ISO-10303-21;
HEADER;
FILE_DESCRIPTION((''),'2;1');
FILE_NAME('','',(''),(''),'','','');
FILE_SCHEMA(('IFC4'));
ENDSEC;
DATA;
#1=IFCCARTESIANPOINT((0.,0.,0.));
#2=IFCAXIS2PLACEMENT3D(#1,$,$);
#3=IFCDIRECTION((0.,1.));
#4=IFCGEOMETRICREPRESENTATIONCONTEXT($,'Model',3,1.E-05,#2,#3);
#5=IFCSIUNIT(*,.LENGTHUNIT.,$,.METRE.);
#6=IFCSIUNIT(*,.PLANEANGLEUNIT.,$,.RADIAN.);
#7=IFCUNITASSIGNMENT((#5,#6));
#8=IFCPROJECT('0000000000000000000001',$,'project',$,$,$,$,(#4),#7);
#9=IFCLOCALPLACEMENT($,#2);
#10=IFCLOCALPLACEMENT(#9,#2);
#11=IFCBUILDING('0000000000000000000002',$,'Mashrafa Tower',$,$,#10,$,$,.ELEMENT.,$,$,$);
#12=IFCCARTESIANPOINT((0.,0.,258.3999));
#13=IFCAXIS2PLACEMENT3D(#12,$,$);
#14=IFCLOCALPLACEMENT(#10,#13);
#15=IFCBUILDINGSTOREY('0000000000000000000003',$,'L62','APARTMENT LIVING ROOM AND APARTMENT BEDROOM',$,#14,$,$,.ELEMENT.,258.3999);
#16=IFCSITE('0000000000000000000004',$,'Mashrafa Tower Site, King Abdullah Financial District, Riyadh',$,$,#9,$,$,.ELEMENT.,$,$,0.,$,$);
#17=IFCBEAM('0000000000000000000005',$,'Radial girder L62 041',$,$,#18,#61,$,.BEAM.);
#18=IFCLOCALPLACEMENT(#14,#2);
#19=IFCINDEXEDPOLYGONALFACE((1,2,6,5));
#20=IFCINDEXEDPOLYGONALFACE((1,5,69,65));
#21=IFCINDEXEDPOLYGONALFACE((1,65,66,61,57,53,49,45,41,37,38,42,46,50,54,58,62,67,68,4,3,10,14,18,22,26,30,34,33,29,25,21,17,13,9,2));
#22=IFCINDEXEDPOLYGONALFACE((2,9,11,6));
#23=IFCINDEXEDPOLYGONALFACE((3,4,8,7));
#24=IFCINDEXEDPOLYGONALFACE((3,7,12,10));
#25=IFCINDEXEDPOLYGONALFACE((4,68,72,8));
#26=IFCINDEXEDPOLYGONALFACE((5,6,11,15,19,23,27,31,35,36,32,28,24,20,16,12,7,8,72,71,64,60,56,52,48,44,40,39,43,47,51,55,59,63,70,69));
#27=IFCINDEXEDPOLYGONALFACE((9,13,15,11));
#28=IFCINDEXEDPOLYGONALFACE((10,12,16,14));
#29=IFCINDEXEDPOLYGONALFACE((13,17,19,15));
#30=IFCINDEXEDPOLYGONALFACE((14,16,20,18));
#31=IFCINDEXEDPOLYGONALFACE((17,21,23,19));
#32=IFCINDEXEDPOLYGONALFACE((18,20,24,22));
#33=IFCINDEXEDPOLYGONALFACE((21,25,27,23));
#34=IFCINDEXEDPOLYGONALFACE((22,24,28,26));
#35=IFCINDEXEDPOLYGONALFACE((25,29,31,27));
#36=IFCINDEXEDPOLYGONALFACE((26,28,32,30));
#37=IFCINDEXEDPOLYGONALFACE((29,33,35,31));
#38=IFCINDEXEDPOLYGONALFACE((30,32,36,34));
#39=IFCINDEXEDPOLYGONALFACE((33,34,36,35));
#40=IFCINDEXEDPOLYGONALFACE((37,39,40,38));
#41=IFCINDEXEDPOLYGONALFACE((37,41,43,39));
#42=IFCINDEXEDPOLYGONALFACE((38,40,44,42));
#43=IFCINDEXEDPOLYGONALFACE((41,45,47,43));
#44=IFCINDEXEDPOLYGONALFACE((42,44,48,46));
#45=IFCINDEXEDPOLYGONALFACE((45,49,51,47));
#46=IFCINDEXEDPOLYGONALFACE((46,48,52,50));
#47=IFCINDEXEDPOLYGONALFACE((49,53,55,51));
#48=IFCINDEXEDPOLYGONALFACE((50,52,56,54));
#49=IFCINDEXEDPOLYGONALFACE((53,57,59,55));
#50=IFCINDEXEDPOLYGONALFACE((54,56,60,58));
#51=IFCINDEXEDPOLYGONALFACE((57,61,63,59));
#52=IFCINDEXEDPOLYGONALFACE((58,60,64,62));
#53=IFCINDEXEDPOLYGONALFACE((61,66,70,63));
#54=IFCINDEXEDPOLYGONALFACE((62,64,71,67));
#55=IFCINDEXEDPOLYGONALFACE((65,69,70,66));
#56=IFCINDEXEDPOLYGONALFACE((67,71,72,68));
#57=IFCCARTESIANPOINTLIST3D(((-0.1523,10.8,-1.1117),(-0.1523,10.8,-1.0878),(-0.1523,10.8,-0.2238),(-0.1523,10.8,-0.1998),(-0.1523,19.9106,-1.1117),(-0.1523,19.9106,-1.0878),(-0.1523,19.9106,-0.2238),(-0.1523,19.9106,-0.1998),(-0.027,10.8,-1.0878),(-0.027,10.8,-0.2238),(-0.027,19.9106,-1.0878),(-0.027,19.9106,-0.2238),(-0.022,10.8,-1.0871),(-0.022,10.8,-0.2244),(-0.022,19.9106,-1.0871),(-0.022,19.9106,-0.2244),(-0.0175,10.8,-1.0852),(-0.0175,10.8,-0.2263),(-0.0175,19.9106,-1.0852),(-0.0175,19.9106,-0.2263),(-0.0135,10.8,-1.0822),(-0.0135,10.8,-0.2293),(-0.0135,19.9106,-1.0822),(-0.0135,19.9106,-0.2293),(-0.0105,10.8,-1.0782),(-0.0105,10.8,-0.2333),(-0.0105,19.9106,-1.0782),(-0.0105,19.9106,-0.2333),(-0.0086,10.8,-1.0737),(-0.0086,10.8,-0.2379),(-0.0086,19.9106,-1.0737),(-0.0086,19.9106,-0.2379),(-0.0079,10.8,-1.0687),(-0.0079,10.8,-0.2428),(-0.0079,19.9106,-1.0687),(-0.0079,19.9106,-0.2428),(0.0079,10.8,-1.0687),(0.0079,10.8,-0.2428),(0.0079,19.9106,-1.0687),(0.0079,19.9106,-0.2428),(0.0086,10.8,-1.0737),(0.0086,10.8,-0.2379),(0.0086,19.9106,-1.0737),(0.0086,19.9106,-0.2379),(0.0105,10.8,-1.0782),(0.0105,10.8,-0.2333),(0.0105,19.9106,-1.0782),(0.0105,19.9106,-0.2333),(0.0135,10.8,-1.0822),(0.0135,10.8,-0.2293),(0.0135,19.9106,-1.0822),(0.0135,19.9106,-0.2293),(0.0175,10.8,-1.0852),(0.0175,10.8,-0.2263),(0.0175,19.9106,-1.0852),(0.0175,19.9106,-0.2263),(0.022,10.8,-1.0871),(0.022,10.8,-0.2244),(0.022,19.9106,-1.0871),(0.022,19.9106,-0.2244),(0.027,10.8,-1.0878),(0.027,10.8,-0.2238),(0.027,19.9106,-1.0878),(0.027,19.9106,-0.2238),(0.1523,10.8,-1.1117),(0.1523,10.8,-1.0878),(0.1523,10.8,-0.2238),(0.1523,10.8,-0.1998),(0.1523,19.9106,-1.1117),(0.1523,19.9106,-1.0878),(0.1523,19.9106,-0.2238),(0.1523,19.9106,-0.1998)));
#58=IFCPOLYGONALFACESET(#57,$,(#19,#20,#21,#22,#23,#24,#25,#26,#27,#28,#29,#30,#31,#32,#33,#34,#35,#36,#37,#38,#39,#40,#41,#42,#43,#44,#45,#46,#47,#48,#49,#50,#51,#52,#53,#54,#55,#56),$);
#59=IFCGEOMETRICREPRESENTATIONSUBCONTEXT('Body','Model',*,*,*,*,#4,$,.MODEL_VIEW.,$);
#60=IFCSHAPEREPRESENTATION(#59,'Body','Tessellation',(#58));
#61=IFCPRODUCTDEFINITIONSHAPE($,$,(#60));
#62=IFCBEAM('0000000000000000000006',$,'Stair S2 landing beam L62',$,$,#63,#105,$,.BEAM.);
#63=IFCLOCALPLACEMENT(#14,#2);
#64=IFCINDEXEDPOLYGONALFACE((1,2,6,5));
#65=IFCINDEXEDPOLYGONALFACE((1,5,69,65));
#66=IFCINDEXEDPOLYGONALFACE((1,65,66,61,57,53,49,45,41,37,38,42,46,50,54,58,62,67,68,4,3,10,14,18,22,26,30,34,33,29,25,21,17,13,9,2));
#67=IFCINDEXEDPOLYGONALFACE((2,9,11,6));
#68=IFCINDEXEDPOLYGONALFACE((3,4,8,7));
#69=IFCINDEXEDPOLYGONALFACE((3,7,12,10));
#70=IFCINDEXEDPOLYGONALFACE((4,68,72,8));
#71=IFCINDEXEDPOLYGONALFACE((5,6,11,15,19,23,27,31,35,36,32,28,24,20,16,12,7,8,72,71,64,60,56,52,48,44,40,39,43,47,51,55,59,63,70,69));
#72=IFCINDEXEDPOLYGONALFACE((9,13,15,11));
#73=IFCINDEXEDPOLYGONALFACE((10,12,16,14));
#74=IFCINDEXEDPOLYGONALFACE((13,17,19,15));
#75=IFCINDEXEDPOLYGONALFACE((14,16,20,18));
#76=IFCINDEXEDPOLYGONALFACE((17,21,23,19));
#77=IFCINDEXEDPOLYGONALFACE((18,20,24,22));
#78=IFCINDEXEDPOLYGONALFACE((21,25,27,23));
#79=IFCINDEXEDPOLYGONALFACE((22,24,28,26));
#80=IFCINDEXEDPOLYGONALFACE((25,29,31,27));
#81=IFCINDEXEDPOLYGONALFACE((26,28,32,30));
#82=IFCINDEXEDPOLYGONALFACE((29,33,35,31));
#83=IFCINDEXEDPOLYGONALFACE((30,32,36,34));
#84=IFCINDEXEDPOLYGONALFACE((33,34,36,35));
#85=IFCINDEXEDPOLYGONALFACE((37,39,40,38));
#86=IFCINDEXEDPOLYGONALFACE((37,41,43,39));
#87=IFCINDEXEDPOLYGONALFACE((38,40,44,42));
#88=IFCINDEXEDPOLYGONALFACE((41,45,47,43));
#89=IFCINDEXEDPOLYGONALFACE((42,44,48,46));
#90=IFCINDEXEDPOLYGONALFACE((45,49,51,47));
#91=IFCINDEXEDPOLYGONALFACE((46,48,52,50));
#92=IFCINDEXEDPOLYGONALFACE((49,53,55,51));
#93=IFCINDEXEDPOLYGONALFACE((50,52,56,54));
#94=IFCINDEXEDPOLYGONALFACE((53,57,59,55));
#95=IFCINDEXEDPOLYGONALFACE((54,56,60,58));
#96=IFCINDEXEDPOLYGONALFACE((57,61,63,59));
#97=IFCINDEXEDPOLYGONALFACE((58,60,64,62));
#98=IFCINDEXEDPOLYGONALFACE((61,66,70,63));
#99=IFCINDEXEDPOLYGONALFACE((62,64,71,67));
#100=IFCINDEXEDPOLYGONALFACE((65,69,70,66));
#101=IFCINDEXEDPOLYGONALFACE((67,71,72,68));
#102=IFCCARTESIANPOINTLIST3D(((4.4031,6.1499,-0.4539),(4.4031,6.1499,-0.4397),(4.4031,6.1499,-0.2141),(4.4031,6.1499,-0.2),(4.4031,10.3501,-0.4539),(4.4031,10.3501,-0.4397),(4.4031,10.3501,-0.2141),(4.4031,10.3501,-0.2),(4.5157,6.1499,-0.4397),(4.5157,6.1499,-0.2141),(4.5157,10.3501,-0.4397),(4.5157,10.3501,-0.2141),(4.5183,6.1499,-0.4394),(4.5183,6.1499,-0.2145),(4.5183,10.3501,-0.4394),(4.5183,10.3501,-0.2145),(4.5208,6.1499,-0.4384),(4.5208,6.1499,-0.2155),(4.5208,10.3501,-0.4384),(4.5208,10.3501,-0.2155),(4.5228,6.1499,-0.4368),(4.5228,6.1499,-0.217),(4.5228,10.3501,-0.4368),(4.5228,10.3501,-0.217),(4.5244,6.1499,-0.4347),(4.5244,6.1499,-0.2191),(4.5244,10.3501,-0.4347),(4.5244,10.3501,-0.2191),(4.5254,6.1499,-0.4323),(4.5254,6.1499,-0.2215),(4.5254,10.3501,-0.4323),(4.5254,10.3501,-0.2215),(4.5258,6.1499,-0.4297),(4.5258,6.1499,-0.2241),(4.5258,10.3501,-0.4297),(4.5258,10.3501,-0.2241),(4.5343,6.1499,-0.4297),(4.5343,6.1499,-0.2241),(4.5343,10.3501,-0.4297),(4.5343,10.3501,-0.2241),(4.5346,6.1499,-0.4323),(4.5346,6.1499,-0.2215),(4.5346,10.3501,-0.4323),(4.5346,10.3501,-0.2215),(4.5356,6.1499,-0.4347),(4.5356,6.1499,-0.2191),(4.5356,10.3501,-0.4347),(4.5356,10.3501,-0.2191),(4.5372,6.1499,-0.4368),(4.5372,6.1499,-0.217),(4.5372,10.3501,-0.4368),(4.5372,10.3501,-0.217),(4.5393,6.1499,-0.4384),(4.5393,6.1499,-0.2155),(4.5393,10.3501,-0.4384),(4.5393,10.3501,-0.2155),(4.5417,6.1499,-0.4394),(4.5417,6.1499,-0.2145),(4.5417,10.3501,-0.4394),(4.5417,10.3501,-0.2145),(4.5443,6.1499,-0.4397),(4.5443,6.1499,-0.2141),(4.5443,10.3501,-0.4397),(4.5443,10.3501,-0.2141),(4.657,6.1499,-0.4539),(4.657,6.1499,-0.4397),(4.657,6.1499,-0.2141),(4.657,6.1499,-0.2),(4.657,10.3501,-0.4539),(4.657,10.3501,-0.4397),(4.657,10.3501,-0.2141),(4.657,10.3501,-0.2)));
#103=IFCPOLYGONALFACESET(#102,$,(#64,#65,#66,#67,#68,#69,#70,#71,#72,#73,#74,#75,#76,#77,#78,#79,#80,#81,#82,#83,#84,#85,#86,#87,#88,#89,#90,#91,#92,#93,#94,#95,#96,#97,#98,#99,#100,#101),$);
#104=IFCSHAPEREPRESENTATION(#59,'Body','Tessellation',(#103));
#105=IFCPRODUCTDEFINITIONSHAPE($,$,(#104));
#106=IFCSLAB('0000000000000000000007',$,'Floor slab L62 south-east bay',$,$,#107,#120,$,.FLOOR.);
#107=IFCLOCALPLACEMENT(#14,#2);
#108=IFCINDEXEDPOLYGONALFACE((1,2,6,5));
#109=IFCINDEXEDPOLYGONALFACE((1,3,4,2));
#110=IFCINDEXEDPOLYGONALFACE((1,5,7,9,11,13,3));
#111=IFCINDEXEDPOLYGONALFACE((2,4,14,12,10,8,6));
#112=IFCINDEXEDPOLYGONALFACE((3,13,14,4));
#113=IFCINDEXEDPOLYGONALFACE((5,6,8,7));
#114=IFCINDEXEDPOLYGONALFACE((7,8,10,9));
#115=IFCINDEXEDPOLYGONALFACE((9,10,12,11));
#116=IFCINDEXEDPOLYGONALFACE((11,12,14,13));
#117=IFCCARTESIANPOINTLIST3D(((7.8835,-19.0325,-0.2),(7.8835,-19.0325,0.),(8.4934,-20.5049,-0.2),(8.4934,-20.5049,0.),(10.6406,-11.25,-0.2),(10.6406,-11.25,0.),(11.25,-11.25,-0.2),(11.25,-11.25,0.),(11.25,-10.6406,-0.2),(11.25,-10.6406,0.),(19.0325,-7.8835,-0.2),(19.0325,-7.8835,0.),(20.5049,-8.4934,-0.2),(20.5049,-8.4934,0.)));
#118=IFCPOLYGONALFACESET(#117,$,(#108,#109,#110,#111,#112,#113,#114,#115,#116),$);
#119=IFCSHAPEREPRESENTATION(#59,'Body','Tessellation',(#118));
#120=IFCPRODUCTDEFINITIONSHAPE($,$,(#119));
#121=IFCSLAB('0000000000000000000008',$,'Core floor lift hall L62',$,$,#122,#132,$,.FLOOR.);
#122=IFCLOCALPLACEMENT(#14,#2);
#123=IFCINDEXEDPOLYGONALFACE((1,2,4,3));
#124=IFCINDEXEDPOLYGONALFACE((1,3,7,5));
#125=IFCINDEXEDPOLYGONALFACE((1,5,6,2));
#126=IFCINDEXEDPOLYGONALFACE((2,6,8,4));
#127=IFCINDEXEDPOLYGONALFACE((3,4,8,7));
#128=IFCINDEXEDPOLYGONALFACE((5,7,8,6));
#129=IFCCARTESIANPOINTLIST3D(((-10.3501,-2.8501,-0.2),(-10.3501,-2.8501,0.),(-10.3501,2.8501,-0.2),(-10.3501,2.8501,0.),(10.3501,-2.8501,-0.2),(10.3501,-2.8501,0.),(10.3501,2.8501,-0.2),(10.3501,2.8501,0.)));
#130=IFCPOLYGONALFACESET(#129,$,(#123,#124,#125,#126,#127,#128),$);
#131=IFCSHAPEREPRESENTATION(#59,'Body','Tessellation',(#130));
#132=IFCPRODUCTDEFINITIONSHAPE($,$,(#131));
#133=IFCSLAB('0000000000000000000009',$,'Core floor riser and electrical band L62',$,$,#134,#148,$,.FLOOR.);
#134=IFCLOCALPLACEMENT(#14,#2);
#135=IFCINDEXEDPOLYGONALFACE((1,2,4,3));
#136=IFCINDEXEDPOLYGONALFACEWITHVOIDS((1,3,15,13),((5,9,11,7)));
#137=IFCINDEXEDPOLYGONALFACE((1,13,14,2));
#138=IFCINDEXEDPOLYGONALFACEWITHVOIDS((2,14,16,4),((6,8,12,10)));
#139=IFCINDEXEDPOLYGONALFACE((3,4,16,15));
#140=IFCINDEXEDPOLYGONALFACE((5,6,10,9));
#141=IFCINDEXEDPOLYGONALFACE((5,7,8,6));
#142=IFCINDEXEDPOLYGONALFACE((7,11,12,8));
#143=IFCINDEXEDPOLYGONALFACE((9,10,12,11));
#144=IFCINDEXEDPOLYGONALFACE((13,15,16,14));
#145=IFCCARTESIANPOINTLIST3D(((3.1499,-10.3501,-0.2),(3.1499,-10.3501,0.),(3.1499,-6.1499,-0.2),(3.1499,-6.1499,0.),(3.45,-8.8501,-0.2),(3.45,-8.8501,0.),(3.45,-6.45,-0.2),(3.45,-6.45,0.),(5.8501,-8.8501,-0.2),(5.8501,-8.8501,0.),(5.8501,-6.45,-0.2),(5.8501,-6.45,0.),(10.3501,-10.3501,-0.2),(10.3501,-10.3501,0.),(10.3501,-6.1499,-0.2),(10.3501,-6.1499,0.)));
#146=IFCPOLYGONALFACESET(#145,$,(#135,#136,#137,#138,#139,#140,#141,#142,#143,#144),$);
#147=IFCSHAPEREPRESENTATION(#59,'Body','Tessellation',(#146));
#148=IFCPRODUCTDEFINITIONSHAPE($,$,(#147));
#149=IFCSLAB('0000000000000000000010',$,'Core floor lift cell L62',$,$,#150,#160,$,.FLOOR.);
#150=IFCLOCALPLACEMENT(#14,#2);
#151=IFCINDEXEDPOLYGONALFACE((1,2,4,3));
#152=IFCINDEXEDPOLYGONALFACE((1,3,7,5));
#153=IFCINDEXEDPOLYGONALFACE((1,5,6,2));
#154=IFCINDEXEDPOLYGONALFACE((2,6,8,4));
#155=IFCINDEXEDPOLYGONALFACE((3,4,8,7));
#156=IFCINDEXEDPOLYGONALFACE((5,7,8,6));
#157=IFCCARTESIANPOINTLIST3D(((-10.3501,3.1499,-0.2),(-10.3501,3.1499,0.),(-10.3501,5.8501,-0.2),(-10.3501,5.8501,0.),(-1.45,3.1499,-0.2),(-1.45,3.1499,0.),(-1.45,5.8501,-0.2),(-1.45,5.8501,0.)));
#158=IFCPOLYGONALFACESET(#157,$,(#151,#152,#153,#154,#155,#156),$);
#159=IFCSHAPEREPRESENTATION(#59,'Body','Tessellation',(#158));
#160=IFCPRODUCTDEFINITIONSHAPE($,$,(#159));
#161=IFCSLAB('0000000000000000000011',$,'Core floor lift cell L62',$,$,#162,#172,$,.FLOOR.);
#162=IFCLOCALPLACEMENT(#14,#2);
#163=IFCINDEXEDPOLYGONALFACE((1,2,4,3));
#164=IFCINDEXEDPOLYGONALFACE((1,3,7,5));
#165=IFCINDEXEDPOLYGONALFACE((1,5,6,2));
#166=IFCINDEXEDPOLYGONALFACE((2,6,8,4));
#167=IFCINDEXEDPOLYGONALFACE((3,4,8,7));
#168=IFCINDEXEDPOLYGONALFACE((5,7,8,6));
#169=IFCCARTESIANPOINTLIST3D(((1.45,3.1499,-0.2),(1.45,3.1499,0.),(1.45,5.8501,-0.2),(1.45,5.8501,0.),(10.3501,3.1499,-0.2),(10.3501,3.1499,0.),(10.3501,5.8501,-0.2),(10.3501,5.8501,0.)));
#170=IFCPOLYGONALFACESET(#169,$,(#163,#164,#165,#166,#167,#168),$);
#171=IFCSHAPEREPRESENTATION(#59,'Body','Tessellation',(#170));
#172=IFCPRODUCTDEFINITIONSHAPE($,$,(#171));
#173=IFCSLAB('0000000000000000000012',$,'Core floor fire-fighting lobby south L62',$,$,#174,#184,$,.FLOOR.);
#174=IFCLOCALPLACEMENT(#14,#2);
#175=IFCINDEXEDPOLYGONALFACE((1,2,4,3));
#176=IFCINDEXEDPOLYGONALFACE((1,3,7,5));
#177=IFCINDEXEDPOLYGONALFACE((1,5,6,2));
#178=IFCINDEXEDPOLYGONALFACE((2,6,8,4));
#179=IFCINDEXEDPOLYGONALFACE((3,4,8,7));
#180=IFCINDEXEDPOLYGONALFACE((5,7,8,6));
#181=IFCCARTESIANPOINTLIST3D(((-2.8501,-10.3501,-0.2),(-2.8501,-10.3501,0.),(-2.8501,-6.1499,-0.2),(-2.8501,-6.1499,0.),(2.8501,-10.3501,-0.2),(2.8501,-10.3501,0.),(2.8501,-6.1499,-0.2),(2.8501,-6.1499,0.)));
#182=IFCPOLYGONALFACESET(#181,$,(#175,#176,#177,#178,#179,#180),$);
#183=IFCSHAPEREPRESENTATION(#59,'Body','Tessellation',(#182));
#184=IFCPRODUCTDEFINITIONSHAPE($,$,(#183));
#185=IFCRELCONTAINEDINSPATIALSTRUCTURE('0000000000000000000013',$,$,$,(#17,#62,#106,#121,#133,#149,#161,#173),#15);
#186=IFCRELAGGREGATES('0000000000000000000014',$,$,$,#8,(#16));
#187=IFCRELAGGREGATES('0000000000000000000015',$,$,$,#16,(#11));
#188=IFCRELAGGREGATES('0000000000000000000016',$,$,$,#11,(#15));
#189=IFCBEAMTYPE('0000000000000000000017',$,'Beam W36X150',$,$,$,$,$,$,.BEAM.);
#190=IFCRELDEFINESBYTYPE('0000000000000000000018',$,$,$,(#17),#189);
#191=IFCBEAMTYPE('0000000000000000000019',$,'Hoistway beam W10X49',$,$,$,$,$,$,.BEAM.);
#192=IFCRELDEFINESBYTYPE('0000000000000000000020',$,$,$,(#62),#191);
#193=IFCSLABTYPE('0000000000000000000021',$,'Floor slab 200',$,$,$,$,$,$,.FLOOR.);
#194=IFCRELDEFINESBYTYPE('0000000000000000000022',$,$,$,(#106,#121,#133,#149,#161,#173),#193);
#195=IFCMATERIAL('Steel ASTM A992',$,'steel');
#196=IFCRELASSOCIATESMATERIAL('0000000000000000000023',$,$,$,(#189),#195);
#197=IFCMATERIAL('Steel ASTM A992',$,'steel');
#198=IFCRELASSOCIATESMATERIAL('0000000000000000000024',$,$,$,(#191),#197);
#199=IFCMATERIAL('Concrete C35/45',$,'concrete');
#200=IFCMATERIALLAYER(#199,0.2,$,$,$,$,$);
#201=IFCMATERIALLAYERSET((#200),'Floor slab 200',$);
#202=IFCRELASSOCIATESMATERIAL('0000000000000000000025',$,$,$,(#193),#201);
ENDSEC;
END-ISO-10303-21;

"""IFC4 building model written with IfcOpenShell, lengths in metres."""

from ifc_helpers import new_model, si_unit, direction, frame, origin, origin_2d, place, context, subcontext, project, spatial, polyline, i_section, outline, extrude, material, layer, layer_set, material_profile, profile_set, type_object, element, save


model = new_model("IFC4")

# Units and contexts
model_context = context("Model", 3, precision=1e-05, world=origin(), true_north=direction((0.0, 1.0)))
body_context = subcontext(model_context, "Body", "Model", "MODEL_VIEW")
ifc_project = project(units=[si_unit("LENGTHUNIT", "METRE"), si_unit("PLANEANGLEUNIT", "RADIAN")], contexts=[model_context])

# Site, building, storey
site_placement = place(None, origin())
site = spatial("IfcSite", under=ifc_project, at=site_placement, Name="Mashrafa Tower Site, King Abdullah Financial District, Riyadh", CompositionType="ELEMENT", RefElevation=0.0)
building_placement = place(site_placement, origin())
building = spatial("IfcBuilding", under=site, at=building_placement, Name="Mashrafa Tower", CompositionType="ELEMENT")
storey_placement = place(building_placement, frame((0.0, 0.0, 258.3999)))
storey = spatial("IfcBuildingStorey", under=building, at=storey_placement, Name="L62", Description="APARTMENT LIVING ROOM AND APARTMENT BEDROOM", CompositionType="ELEMENT", Elevation=258.3999)

# Beams
ifc_material_1 = material(Name="Steel ASTM A992", Category="steel")
ifc_material_profile_1 = material_profile(ifc_material_1, i_section(OverallWidth=0.3047, OverallDepth=0.9119, WebThickness=0.0159, FlangeThickness=0.0239, FilletRadius=0.019, at=origin_2d()), Name="W36X150")
ifc_profile_set_1 = profile_set([ifc_material_profile_1], Name="Steel ASTM A992")
beam_type_1 = type_object("IfcBeamType", Name="Beam W36X150", PredefinedType="BEAM", material=ifc_profile_set_1)
beam_1_placement = place(storey_placement, frame((0.0, 10.8, -0.6558), z_axis=(0.0, 1.0, 0.0), x_axis=(-1.0, 0.0, 0.0)))
element("IfcBeam", 1, at=beam_1_placement, inside=storey, type_object=beam_type_1, Name="Radial girder L62 041", PredefinedType="BEAM", context=body_context, shape_type="SweptSolid", body=[
    extrude(i_section(OverallWidth=0.3047, OverallDepth=0.9119, WebThickness=0.0159, FlangeThickness=0.0239, FilletRadius=0.019, at=origin_2d()), origin(), (0.0, 0.0, 1.0), 9.1106),
])
ifc_material_2 = material(Name="Steel ASTM A992", Category="steel")
ifc_material_profile_2 = material_profile(ifc_material_2, i_section(OverallWidth=0.2539, OverallDepth=0.2539, WebThickness=0.0085, FlangeThickness=0.0142, FilletRadius=0.01, at=origin_2d()), Name="W10X49")
ifc_profile_set_2 = profile_set([ifc_material_profile_2], Name="Steel ASTM A992")
beam_type_2 = type_object("IfcBeamType", Name="Hoistway beam W10X49", PredefinedType="BEAM", material=ifc_profile_set_2)
beam_2_placement = place(storey_placement, frame((4.53, 6.1499, -0.3269), z_axis=(0.0, 1.0, 0.0), x_axis=(-1.0, 0.0, 0.0)))
element("IfcBeam", 2, at=beam_2_placement, inside=storey, type_object=beam_type_2, Name="Stair S2 landing beam L62", PredefinedType="BEAM", context=body_context, shape_type="SweptSolid", body=[
    extrude(i_section(OverallWidth=0.2539, OverallDepth=0.2539, WebThickness=0.0085, FlangeThickness=0.0142, FilletRadius=0.01, at=origin_2d()), origin(), (0.0, 0.0, 1.0), 4.2002),
])

# Slabs
ifc_material_3 = material(Name="Concrete C35/45", Category="concrete")
ifc_layer_1 = layer(ifc_material_3, 0.2)
ifc_layer_set_1 = layer_set([ifc_layer_1], Name="Floor slab 200")
slab_type_1 = type_object("IfcSlabType", Name="Floor slab 200", PredefinedType="FLOOR", material=ifc_layer_set_1)
slab_1_placement = place(storey_placement, frame((0.0, 0.0, -0.2)))
element("IfcSlab", 3, at=slab_1_placement, inside=storey, type_object=slab_type_1, Name="Floor slab L62 south-east bay", PredefinedType="FLOOR", context=body_context, shape_type="SweptSolid", body=[
    extrude(outline(polyline([(8.4934, -20.5049), (7.8835, -19.0325), (10.6406, -11.25), (11.25, -11.25), (11.25, -10.6406), (19.0325, -7.8835), (20.5049, -8.4934), (8.4934, -20.5049)])), origin(), (0.0, 0.0, 1.0), 0.2),
])
slab_2_placement = place(storey_placement, frame((0.0, 0.0, -0.2)))
element("IfcSlab", 4, at=slab_2_placement, inside=storey, type_object=slab_type_1, Name="Core floor lift hall L62", PredefinedType="FLOOR", context=body_context, shape_type="SweptSolid", body=[
    extrude(outline(polyline([(-10.3501, 2.8501), (10.3501, 2.8501), (10.3501, -2.8501), (-10.3501, -2.8501), (-10.3501, 2.8501)])), origin(), (0.0, 0.0, 1.0), 0.2),
])
slab_3_placement = place(storey_placement, frame((0.0, 0.0, -0.2)))
element("IfcSlab", 5, at=slab_3_placement, inside=storey, type_object=slab_type_1, Name="Core floor riser and electrical band L62", PredefinedType="FLOOR", context=body_context, shape_type="SweptSolid", body=[
    extrude(outline(polyline([(10.3501, -6.1499), (10.3501, -10.3501), (3.1499, -10.3501), (3.1499, -6.1499), (10.3501, -6.1499)]), holes=[polyline([(3.45, -8.8501), (5.8501, -8.8501), (5.8501, -6.45), (3.45, -6.45), (3.45, -8.8501)])]), origin(), (0.0, 0.0, 1.0), 0.2),
])
slab_4_placement = place(storey_placement, frame((0.0, 0.0, -0.2)))
element("IfcSlab", 6, at=slab_4_placement, inside=storey, type_object=slab_type_1, Name="Core floor lift cell L62", PredefinedType="FLOOR", context=body_context, shape_type="SweptSolid", body=[
    extrude(outline(polyline([(-10.3501, 5.8501), (-1.45, 5.8501), (-1.45, 3.1499), (-10.3501, 3.1499), (-10.3501, 5.8501)])), origin(), (0.0, 0.0, 1.0), 0.2),
])
slab_5_placement = place(storey_placement, frame((0.0, 0.0, -0.2)))
element("IfcSlab", 7, at=slab_5_placement, inside=storey, type_object=slab_type_1, Name="Core floor lift cell L62", PredefinedType="FLOOR", context=body_context, shape_type="SweptSolid", body=[
    extrude(outline(polyline([(1.45, 5.8501), (10.3501, 5.8501), (10.3501, 3.1499), (1.45, 3.1499), (1.45, 5.8501)])), origin(), (0.0, 0.0, 1.0), 0.2),
])
slab_6_placement = place(storey_placement, frame((0.0, 0.0, -0.2)))
element("IfcSlab", 8, at=slab_6_placement, inside=storey, type_object=slab_type_1, Name="Core floor fire-fighting lobby south L62", PredefinedType="FLOOR", context=body_context, shape_type="SweptSolid", body=[
    extrude(outline(polyline([(2.8501, -6.1499), (2.8501, -10.3501), (-2.8501, -10.3501), (-2.8501, -6.1499), (2.8501, -6.1499)])), origin(), (0.0, 0.0, 1.0), 0.2),
])

save(model, "model.ifc")
